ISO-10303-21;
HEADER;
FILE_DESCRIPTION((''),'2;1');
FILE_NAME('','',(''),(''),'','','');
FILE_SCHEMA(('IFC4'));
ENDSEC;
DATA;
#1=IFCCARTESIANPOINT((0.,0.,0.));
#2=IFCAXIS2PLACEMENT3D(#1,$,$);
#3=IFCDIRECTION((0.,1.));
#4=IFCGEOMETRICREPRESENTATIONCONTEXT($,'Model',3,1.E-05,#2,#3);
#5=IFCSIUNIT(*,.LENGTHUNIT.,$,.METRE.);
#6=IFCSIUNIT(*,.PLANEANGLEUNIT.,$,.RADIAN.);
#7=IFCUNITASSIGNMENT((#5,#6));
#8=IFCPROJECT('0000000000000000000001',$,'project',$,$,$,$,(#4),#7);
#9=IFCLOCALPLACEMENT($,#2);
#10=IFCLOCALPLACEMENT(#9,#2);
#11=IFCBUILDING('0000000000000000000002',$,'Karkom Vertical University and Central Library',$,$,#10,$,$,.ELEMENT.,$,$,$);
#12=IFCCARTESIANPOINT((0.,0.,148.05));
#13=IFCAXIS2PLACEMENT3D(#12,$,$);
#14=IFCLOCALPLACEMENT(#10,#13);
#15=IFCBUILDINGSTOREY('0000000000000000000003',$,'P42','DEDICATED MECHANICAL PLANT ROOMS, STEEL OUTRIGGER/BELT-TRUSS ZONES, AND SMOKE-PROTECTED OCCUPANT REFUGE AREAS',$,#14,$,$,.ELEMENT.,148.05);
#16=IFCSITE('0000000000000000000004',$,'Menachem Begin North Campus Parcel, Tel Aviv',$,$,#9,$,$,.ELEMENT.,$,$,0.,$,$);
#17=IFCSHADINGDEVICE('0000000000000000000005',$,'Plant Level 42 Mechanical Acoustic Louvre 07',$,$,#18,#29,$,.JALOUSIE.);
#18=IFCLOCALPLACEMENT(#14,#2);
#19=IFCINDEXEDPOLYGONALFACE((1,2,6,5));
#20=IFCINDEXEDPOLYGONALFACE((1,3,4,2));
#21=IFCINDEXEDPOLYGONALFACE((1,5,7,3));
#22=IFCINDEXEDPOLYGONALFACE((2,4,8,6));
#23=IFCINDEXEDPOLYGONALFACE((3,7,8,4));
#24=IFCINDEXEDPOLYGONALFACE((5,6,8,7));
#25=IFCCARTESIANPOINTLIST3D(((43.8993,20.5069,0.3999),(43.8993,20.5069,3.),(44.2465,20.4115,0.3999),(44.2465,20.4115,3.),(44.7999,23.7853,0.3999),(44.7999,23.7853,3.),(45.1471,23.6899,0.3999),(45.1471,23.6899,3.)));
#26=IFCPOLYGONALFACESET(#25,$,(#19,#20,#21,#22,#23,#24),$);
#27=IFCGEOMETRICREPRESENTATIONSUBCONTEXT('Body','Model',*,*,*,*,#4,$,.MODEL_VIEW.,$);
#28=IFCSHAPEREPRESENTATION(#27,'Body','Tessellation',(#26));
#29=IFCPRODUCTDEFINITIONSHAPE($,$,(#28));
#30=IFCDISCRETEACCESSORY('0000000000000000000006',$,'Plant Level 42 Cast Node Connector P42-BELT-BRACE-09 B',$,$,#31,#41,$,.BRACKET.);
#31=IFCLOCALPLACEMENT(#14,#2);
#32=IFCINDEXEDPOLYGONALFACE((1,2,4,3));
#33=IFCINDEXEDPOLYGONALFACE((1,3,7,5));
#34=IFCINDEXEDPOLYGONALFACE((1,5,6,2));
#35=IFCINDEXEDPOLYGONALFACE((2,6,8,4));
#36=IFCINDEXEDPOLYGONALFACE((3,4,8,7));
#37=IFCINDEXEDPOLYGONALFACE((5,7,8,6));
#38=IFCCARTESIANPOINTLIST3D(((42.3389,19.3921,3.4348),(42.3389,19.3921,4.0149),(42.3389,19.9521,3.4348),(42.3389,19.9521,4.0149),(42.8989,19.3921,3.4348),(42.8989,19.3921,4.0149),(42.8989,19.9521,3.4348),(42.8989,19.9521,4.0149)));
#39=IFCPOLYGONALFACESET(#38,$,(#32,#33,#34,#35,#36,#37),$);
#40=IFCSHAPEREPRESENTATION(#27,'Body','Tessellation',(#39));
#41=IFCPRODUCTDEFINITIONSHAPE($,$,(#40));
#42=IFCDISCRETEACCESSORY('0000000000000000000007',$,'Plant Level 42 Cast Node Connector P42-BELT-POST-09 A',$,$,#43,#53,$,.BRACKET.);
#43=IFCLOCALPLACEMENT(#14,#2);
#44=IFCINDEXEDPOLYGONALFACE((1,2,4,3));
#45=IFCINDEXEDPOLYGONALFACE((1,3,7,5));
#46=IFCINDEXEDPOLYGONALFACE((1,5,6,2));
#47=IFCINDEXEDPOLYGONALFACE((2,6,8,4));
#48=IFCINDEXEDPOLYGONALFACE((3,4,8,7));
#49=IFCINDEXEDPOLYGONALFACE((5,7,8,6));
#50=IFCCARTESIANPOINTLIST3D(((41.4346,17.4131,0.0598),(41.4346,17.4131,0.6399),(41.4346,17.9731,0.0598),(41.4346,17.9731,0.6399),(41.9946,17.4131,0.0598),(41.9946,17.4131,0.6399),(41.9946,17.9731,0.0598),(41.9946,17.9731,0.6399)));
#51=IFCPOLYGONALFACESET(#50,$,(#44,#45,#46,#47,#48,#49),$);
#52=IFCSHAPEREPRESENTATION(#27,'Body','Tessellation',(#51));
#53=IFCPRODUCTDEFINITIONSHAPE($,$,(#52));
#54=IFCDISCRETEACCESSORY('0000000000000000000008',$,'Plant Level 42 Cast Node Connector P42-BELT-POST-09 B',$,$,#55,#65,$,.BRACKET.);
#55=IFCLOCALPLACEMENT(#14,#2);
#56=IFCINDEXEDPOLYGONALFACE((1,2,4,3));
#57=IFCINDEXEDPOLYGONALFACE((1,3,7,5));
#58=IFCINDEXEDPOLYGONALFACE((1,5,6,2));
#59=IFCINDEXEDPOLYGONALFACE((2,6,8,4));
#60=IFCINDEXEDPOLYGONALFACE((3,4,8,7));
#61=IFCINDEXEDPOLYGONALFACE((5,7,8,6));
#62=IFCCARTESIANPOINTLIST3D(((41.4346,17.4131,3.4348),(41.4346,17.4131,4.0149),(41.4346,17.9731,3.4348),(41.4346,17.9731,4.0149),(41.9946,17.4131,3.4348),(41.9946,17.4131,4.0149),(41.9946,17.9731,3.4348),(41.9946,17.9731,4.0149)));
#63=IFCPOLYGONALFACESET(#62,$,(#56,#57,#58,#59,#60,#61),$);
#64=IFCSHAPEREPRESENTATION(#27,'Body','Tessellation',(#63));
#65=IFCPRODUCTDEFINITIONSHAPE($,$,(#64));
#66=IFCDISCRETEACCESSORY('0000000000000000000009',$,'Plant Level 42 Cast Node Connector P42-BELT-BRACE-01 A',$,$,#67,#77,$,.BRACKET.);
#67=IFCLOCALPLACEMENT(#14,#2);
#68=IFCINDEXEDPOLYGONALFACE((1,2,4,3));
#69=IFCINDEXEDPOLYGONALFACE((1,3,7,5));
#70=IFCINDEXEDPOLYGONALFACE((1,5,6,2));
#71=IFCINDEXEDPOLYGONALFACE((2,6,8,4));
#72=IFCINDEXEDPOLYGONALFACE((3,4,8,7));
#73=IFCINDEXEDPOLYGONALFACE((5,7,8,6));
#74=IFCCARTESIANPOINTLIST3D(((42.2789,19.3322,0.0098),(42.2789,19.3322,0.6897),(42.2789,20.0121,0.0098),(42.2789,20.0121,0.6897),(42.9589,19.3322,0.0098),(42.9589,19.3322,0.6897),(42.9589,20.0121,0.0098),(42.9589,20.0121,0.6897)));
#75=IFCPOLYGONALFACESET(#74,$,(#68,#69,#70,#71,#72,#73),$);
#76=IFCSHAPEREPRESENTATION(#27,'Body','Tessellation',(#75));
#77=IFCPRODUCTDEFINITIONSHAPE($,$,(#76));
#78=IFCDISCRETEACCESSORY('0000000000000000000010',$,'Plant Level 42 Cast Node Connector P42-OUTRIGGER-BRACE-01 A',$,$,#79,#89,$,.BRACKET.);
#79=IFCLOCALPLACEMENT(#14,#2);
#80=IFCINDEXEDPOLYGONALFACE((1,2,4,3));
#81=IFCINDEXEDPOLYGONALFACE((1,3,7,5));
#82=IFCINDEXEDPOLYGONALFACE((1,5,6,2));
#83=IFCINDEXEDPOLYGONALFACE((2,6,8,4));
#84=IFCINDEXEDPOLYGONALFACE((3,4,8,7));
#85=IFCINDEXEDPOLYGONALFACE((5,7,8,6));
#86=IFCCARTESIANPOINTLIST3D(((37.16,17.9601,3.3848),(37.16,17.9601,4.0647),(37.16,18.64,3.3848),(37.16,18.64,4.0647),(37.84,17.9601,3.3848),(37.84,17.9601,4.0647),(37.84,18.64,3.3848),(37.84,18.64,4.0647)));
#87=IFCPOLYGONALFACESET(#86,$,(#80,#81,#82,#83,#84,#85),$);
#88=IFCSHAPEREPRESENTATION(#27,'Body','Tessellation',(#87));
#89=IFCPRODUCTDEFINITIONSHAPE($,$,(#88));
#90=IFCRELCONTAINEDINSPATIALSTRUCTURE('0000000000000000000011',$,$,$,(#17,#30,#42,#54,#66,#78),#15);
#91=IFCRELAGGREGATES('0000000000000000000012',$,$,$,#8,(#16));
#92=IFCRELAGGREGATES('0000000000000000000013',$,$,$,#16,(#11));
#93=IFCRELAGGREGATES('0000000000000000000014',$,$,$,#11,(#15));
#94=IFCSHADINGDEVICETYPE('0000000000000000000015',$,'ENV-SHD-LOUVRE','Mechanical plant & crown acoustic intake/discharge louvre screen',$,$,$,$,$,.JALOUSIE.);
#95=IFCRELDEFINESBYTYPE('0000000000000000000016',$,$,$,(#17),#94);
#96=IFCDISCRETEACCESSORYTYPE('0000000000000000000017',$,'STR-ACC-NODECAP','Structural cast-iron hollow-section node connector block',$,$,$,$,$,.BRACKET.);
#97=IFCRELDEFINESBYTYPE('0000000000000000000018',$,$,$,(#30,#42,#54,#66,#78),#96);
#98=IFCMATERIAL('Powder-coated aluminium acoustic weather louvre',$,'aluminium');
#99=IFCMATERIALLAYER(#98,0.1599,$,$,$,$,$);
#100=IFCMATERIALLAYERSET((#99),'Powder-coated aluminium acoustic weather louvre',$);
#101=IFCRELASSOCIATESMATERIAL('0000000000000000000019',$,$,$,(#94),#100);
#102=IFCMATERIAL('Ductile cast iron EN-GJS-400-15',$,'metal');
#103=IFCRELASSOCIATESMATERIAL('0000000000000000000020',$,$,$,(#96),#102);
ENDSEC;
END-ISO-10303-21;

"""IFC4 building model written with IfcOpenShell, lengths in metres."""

from ifc_helpers import new_model, si_unit, direction, frame, origin, origin_with_axes, origin_2d, place, context, subcontext, project, spatial, rectangle, extrude, source, transform, mapped, material, layer, layer_set, type_object, element, save


model = new_model("IFC4")

# Units and contexts
model_context = context("Model", 3, precision=1e-05, world=origin(), true_north=direction((0.0, 1.0)))
body_context = subcontext(model_context, "Body", "Model", "MODEL_VIEW")
ifc_project = project(units=[si_unit("LENGTHUNIT", "METRE"), si_unit("PLANEANGLEUNIT", "RADIAN")], contexts=[model_context])

# Site, building, storey
site_placement = place(None, origin())
site = spatial("IfcSite", under=ifc_project, at=site_placement, Name="Menachem Begin North Campus Parcel, Tel Aviv", CompositionType="ELEMENT", RefElevation=0.0)
building_placement = place(site_placement, origin())
building = spatial("IfcBuilding", under=site, at=building_placement, Name="Karkom Vertical University and Central Library", CompositionType="ELEMENT")
storey_placement = place(building_placement, frame((0.0, 0.0, 148.05)))
storey = spatial("IfcBuildingStorey", under=building, at=storey_placement, Name="P42", Description="DEDICATED MECHANICAL PLANT ROOMS, STEEL OUTRIGGER/BELT-TRUSS ZONES, AND SMOKE-PROTECTED OCCUPANT REFUGE AREAS", CompositionType="ELEMENT", Elevation=148.05)

# Shading device
ifc_material_1 = material(Name="Powder-coated aluminium acoustic weather louvre", Category="aluminium")
ifc_layer_1 = layer(ifc_material_1, 0.1599)
ifc_layer_set_1 = layer_set([ifc_layer_1], Name="Powder-coated aluminium acoustic weather louvre")
shading_device_type = type_object("IfcShadingDeviceType", Name="ENV-SHD-LOUVRE", Description="Mechanical plant & crown acoustic intake/discharge louvre screen", PredefinedType="JALOUSIE", material=ifc_layer_set_1)
shared_shape_1 = source(origin_with_axes(), body_context, "Body", "SweptSolid", [
    extrude(rectangle(XDim=3.3999, YDim=0.3601, at=origin_2d()), origin(), (0.0, 0.0, 1.0), 2.6001),
])
shading_device_placement = place(storey_placement, frame((44.5232, 22.0984, 0.3999), z_axis=(0.0, 0.0, 1.0), x_axis=(0.264883, 0.964281, 0.0)))
element("IfcShadingDevice", 1, at=shading_device_placement, inside=storey, type_object=shading_device_type, Name="Plant Level 42 Mechanical Acoustic Louvre 07", PredefinedType="JALOUSIE", context=body_context, shape_type="MappedRepresentation", body=[
    mapped(shared_shape_1, transform((0.0, 0.0, 0.0), scale=1.0)),
])

# Discrete accessories
ifc_material_2 = material(Name="Ductile cast iron EN-GJS-400-15", Category="metal")
discrete_accessory_type = type_object("IfcDiscreteAccessoryType", Name="STR-ACC-NODECAP", Description="Structural cast-iron hollow-section node connector block", PredefinedType="BRACKET", material=ifc_material_2)
shared_shape_2 = source(origin_with_axes(), body_context, "Body", "SweptSolid", [
    extrude(rectangle(XDim=0.5601, YDim=0.5601, at=origin_2d()), origin(), (0.0, 0.0, 1.0), 0.5801),
])
for number, where, z_axis, x_axis, name in (
    (2, (42.6189, 19.6721, 3.4348), (0.0, 0.0, 1.0), (1.0, 0.0, 0.0), "Plant Level 42 Cast Node Connector P42-BELT-BRACE-09 B"),
    (3, (41.7146, 17.6931, 0.0598), (0.0, 0.0, 1.0), (1.0, 0.0, 0.0), "Plant Level 42 Cast Node Connector P42-BELT-POST-09 A"),
    (4, (41.7146, 17.6931, 3.4348), (0.0, 0.0, 1.0), (1.0, 0.0, 0.0), "Plant Level 42 Cast Node Connector P42-BELT-POST-09 B"),
):
    element("IfcDiscreteAccessory", number, at=place(storey_placement, frame(where, z_axis=z_axis, x_axis=x_axis)), inside=storey, type_object=discrete_accessory_type, Name=name, PredefinedType="BRACKET", context=body_context, shape_type="MappedRepresentation", body=[
        mapped(shared_shape_2, transform((0.0, 0.0, 0.0), scale=1.0)),
    ])
shared_shape_3 = source(origin_with_axes(), body_context, "Body", "SweptSolid", [
    extrude(rectangle(XDim=0.6799, YDim=0.6799, at=origin_2d()), origin(), (0.0, 0.0, 1.0), 0.6799),
])
for number, where, z_axis, x_axis, name in (
    (5, (42.6189, 19.6721, 0.0098), (0.0, 0.0, 1.0), (1.0, 0.0, 0.0), "Plant Level 42 Cast Node Connector P42-BELT-BRACE-01 A"),
    (6, (37.5, 18.3, 3.3848), (0.0, 0.0, 1.0), (1.0, 0.0, 0.0), "Plant Level 42 Cast Node Connector P42-OUTRIGGER-BRACE-01 A"),
):
    element("IfcDiscreteAccessory", number, at=place(storey_placement, frame(where, z_axis=z_axis, x_axis=x_axis)), inside=storey, type_object=discrete_accessory_type, Name=name, PredefinedType="BRACKET", context=body_context, shape_type="MappedRepresentation", body=[
        mapped(shared_shape_3, transform((0.0, 0.0, 0.0), scale=1.0)),
    ])

save(model, "model.ifc")
